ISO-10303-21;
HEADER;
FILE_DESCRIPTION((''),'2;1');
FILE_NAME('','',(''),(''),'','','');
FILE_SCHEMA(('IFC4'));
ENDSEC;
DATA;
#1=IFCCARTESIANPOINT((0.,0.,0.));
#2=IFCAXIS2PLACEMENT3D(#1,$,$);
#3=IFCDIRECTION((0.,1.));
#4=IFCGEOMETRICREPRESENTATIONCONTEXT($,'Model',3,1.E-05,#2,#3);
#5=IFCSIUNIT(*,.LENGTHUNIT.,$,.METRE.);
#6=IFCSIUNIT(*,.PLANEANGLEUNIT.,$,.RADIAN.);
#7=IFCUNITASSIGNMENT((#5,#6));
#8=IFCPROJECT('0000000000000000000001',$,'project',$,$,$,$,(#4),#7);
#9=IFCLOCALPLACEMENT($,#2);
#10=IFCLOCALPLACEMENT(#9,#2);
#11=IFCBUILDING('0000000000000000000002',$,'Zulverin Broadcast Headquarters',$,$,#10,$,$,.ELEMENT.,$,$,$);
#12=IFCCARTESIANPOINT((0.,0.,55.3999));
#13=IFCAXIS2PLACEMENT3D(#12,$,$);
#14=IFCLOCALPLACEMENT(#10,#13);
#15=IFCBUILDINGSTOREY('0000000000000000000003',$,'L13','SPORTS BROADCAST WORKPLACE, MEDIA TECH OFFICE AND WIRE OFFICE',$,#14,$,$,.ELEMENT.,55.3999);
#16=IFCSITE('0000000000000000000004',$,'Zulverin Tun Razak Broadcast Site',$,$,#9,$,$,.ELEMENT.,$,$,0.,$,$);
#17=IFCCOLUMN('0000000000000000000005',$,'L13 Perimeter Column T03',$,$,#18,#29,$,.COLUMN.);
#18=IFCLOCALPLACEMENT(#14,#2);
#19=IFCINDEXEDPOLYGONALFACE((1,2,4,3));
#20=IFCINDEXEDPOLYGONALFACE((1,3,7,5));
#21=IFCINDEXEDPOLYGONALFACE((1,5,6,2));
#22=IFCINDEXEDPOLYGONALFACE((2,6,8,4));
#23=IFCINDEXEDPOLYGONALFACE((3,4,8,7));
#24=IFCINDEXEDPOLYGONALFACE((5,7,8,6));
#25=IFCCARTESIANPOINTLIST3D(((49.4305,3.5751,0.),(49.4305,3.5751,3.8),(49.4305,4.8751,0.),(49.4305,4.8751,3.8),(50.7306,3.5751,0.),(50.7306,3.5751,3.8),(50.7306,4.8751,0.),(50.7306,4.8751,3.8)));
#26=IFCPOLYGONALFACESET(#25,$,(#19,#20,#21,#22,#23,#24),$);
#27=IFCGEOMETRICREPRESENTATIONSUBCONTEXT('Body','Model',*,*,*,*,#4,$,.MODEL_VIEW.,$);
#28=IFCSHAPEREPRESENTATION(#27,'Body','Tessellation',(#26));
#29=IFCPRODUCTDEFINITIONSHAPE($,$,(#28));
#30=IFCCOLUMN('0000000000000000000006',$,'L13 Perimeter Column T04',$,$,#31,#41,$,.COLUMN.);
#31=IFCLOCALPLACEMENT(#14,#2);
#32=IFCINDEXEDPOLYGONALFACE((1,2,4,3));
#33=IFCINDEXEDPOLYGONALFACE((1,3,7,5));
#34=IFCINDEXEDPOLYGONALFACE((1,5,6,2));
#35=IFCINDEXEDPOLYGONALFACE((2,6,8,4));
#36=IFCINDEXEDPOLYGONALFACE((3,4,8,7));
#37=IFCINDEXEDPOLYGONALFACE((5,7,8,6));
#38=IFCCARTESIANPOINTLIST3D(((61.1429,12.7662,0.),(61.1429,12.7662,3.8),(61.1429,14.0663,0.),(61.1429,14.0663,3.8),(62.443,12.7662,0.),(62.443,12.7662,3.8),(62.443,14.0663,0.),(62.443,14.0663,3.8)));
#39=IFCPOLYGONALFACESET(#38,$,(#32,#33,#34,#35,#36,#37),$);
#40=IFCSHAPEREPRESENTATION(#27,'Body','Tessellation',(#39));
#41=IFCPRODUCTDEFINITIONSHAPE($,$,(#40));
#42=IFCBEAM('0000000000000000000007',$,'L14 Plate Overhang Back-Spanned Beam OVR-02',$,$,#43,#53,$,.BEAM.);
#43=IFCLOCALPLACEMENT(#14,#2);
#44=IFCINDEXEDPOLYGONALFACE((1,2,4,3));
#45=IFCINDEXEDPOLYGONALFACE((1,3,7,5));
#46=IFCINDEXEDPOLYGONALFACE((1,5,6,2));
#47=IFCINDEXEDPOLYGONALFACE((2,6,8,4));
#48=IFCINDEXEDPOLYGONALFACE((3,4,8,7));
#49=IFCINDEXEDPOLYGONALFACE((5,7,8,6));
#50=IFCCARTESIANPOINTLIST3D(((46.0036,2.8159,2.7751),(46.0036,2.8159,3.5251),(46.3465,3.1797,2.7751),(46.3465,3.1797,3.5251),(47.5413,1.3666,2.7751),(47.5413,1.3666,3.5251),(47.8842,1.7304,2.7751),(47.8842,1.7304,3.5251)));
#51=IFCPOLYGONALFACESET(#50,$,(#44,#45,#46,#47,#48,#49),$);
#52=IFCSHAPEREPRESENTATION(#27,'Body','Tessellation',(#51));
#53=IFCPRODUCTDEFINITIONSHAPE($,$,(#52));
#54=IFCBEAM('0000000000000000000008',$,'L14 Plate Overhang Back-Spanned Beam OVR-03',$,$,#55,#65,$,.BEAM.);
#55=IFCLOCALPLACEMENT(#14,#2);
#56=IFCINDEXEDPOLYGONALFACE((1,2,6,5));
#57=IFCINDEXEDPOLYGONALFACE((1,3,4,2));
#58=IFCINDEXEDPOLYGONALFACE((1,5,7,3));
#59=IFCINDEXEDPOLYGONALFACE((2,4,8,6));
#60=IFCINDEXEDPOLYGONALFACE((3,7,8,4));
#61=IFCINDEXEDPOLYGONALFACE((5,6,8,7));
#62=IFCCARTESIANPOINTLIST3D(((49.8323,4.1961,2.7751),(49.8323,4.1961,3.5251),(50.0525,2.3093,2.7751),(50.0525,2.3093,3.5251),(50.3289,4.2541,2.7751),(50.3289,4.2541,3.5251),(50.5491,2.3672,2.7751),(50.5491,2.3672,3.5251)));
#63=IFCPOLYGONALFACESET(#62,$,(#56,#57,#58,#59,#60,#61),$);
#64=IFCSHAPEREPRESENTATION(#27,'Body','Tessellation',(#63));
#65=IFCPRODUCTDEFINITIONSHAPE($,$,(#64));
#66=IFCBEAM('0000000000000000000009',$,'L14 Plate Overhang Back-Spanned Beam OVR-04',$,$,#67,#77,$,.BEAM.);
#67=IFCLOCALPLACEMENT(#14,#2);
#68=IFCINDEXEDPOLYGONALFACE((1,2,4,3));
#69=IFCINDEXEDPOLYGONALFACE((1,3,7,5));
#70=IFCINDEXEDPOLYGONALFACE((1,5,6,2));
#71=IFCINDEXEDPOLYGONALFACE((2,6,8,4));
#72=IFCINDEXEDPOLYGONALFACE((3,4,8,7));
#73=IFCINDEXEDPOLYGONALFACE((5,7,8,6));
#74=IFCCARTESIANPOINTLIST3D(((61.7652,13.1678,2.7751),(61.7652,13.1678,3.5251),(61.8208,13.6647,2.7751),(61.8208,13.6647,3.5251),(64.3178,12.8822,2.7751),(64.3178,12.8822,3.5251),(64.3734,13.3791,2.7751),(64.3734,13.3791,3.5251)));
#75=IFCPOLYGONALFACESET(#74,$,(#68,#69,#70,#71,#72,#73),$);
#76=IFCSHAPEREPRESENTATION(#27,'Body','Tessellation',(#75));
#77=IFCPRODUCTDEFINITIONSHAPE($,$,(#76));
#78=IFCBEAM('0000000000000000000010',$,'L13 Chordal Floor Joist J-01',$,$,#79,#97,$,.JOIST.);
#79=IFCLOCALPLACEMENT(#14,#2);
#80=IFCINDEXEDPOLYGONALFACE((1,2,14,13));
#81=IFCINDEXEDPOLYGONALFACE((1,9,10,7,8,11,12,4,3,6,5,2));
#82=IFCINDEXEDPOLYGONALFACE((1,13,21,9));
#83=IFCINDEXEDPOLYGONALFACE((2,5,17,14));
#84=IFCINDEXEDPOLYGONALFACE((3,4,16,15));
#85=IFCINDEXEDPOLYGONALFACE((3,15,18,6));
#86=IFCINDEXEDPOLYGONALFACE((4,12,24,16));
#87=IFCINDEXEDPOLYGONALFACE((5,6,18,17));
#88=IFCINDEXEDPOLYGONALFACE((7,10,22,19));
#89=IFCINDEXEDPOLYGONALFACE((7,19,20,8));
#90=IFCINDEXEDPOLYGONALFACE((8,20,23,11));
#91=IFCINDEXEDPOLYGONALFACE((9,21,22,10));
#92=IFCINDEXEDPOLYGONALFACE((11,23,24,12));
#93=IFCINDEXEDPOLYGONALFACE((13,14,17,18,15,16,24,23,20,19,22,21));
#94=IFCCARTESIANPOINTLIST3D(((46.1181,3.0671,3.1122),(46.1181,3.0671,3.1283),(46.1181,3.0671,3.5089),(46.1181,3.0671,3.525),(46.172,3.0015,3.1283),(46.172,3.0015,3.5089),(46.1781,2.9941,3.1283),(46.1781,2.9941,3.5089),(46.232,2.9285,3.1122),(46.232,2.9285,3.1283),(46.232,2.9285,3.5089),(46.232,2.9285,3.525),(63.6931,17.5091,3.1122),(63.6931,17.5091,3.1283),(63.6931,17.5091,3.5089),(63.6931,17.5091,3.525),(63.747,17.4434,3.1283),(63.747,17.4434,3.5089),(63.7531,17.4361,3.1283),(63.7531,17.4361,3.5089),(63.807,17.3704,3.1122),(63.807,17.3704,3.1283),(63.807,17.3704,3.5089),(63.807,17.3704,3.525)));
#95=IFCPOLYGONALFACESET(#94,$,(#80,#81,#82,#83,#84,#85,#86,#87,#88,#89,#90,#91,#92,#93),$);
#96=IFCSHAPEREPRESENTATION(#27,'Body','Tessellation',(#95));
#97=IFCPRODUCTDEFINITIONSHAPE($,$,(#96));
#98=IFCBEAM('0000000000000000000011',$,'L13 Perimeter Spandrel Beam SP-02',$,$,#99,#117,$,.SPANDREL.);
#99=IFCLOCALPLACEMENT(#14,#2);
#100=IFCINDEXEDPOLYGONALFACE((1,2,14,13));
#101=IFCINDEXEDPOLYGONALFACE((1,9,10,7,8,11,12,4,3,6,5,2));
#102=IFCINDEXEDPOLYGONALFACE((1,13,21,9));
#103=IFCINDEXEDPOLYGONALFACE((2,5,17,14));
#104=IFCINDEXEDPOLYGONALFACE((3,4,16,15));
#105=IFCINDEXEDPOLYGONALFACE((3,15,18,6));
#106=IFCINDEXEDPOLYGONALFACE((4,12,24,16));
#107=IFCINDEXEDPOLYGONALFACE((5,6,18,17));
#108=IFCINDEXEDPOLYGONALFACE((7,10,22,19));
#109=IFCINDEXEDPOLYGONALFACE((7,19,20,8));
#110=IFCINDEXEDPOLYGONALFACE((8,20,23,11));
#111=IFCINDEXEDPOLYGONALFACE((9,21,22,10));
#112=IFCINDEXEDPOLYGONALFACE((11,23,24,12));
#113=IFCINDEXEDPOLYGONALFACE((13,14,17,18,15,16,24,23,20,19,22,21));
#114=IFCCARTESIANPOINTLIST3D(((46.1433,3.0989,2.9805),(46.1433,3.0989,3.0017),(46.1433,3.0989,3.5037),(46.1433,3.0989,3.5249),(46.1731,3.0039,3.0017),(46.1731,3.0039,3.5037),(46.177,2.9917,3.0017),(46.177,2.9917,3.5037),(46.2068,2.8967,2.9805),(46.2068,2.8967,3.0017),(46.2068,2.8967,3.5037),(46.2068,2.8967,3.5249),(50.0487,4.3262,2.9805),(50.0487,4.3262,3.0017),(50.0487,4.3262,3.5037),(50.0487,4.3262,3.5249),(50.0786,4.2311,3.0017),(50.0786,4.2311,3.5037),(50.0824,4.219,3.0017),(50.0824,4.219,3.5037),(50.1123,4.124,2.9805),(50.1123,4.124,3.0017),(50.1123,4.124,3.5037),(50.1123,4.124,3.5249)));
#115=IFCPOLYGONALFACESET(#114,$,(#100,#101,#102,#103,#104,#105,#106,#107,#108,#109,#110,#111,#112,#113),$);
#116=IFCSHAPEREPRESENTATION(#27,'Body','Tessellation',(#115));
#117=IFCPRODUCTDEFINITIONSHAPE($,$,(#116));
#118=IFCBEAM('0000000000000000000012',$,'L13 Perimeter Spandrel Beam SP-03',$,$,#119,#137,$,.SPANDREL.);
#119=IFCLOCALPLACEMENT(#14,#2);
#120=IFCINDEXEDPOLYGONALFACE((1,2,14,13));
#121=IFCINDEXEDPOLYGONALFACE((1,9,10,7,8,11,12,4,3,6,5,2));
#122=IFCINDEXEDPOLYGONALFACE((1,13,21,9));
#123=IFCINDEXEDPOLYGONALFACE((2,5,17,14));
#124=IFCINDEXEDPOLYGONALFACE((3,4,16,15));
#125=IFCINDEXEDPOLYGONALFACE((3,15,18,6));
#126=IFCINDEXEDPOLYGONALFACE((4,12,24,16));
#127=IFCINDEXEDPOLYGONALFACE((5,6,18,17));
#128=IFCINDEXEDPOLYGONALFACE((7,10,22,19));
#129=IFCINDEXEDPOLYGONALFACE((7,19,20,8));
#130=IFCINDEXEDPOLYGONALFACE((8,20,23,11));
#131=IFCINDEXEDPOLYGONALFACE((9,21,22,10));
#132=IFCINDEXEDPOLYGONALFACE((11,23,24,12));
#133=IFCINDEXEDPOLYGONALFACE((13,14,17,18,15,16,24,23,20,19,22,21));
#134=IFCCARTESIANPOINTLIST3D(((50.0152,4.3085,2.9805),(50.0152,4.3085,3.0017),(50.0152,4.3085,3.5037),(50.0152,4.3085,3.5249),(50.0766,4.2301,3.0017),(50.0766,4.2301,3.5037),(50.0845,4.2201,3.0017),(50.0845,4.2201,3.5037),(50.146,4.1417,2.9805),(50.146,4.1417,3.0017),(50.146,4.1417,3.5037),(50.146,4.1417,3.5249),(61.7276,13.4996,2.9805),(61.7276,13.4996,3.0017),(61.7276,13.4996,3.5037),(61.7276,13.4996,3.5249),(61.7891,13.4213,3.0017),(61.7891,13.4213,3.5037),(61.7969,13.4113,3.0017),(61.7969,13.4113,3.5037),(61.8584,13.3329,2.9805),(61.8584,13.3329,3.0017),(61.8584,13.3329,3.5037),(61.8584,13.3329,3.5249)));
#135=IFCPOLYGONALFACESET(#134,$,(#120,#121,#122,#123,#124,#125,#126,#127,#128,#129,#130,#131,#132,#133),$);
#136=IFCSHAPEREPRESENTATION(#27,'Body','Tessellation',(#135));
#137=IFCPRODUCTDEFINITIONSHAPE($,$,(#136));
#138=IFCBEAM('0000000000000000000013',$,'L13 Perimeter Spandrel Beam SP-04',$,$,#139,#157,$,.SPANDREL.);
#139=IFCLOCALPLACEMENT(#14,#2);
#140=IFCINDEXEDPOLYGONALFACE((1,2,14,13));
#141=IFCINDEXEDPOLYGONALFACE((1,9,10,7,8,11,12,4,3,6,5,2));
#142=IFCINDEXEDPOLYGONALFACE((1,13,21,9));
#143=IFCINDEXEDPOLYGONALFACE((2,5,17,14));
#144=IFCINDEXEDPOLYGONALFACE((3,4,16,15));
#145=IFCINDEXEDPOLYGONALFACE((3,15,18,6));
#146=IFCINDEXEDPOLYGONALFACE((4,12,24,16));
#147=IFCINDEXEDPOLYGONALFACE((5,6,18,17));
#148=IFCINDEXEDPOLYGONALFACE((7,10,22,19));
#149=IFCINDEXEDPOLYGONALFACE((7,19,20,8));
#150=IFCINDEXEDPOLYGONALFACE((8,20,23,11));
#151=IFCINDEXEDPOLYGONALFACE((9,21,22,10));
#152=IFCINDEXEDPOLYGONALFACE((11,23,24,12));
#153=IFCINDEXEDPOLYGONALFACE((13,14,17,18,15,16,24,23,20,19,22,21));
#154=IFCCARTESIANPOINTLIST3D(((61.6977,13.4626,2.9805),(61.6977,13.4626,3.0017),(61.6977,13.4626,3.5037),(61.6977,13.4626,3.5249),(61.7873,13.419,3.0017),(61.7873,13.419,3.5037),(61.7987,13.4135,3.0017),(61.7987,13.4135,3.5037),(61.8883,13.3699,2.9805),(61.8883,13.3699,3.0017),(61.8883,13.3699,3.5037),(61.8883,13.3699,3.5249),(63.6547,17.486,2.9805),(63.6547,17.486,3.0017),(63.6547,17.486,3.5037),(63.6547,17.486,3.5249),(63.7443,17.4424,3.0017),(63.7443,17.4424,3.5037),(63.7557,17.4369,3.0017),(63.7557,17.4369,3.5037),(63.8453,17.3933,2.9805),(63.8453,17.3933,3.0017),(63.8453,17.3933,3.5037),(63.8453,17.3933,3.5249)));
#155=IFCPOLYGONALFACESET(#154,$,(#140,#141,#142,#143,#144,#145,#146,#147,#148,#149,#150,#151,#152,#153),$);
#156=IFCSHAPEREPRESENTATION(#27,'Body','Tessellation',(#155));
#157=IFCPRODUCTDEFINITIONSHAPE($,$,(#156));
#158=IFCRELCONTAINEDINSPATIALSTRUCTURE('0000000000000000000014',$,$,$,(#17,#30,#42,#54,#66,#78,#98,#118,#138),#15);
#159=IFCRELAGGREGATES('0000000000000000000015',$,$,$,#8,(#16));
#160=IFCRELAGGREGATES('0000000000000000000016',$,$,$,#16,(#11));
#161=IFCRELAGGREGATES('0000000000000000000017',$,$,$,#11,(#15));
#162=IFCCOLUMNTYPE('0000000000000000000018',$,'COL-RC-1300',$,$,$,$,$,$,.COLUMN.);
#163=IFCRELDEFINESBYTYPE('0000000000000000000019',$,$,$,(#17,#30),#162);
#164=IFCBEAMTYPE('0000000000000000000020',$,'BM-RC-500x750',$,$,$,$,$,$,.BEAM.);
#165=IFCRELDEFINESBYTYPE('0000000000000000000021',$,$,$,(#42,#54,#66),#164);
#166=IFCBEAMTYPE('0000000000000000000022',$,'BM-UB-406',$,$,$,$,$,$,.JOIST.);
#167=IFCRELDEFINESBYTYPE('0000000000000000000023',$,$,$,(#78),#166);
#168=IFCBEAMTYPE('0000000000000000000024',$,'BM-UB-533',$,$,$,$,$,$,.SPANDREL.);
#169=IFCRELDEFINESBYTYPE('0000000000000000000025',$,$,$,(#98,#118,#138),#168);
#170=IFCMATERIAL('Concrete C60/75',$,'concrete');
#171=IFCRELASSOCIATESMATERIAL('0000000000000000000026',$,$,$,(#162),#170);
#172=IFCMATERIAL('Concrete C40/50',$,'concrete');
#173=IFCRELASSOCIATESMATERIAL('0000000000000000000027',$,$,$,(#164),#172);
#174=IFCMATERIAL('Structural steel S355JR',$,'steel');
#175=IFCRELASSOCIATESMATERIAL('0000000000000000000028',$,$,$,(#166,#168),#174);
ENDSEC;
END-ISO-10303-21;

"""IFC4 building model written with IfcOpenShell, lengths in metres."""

from ifc_helpers import new_model, si_unit, direction, frame, origin, origin_2d, place, context, subcontext, project, spatial, rectangle, i_section, extrude, material, material_profile, profile_set, type_object, element, save


model = new_model("IFC4")

# Units and contexts
model_context = context("Model", 3, precision=1e-05, world=origin(), true_north=direction((0.0, 1.0)))
body_context = subcontext(model_context, "Body", "Model", "MODEL_VIEW")
ifc_project = project(units=[si_unit("LENGTHUNIT", "METRE"), si_unit("PLANEANGLEUNIT", "RADIAN")], contexts=[model_context])

# Site, building, storey
site_placement = place(None, origin())
site = spatial("IfcSite", under=ifc_project, at=site_placement, Name="Zulverin Tun Razak Broadcast Site", CompositionType="ELEMENT", RefElevation=0.0)
building_placement = place(site_placement, origin())
building = spatial("IfcBuilding", under=site, at=building_placement, Name="Zulverin Broadcast Headquarters", CompositionType="ELEMENT")
storey_placement = place(building_placement, frame((0.0, 0.0, 55.3999)))
storey = spatial("IfcBuildingStorey", under=building, at=storey_placement, Name="L13", Description="SPORTS BROADCAST WORKPLACE, MEDIA TECH OFFICE AND WIRE OFFICE", CompositionType="ELEMENT", Elevation=55.3999)

# Columns
ifc_material_1 = material(Name="Concrete C60/75", Category="concrete")
ifc_material_profile_1 = material_profile(ifc_material_1, rectangle(XDim=1.3, YDim=1.3, at=origin_2d()), Name="Concrete C60/75", Category="concrete")
ifc_profile_set_1 = profile_set([ifc_material_profile_1], Name="Concrete C60/75")
column_type = type_object("IfcColumnType", Name="COL-RC-1300", PredefinedType="COLUMN", material=ifc_profile_set_1)
for number, where, z_axis, x_axis, name in (
    (1, (50.0806, 4.2251, 0.0), (0.0, 0.0, 1.0), (1.0, 0.0, 0.0), "L13 Perimeter Column T03"),
    (2, (61.793, 13.4163, 0.0), (0.0, 0.0, 1.0), (1.0, 0.0, 0.0), "L13 Perimeter Column T04"),
):
    element("IfcColumn", number, at=place(storey_placement, frame(where, z_axis=z_axis, x_axis=x_axis)), inside=storey, type_object=column_type, Name=name, PredefinedType="COLUMN", context=body_context, shape_type="SweptSolid", body=[
        extrude(rectangle(XDim=1.3, YDim=1.3, at=origin_2d()), origin(), (0.0, 0.0, 1.0), 3.8),
    ])

# Beams
ifc_material_2 = material(Name="Concrete C40/50", Category="concrete")
ifc_material_profile_2 = material_profile(ifc_material_2, rectangle(XDim=0.5, YDim=0.75, at=origin_2d()), Name="Concrete C40/50", Category="concrete")
ifc_profile_set_2 = profile_set([ifc_material_profile_2], Name="Concrete C40/50")
beam_type_1 = type_object("IfcBeamType", Name="BM-RC-500x750", PredefinedType="BEAM", material=ifc_profile_set_2)
beam_1_placement = place(storey_placement, frame((46.175, 2.9978, 3.1501), z_axis=(0.727711, -0.685884, 0.0), x_axis=(0.685884, 0.727711, 0.0)))
element("IfcBeam", 3, at=beam_1_placement, inside=storey, type_object=beam_type_1, Name="L14 Plate Overhang Back-Spanned Beam OVR-02", PredefinedType="BEAM", context=body_context, shape_type="SweptSolid", body=[
    extrude(rectangle(XDim=0.5, YDim=0.75, at=origin_2d()), origin(), (0.0, 0.0, 1.0), 2.113),
])
beam_2_placement = place(storey_placement, frame((50.0806, 4.2251, 3.1501), z_axis=(0.115917, -0.993259, 0.0), x_axis=(0.993259, 0.115917, 0.0)))
element("IfcBeam", 4, at=beam_2_placement, inside=storey, type_object=beam_type_1, Name="L14 Plate Overhang Back-Spanned Beam OVR-03", PredefinedType="BEAM", context=body_context, shape_type="SweptSolid", body=[
    extrude(rectangle(XDim=0.5, YDim=0.75, at=origin_2d()), origin(), (0.0, 0.0, 1.0), 1.8997),
])
beam_3_placement = place(storey_placement, frame((61.793, 13.4163, 3.1501), z_axis=(0.993798, -0.111203, 0.0), x_axis=(0.111203, 0.993798, 0.0)))
element("IfcBeam", 5, at=beam_3_placement, inside=storey, type_object=beam_type_1, Name="L14 Plate Overhang Back-Spanned Beam OVR-04", PredefinedType="BEAM", context=body_context, shape_type="SweptSolid", body=[
    extrude(rectangle(XDim=0.5, YDim=0.75, at=origin_2d()), origin(), (0.0, 0.0, 1.0), 2.5686),
])
ifc_material_3 = material(Name="Structural steel S355JR", Category="steel")
ifc_material_profile_3 = material_profile(ifc_material_3, i_section(OverallWidth=0.1794, OverallDepth=0.4128, WebThickness=0.0095, FlangeThickness=0.0161, at=origin_2d()), Name="Structural steel S355JR", Category="steel")
ifc_profile_set_3 = profile_set([ifc_material_profile_3], Name="Structural steel S355JR")
beam_type_2 = type_object("IfcBeamType", Name="BM-UB-406", PredefinedType="JOIST", material=ifc_profile_set_3)
beam_4_placement = place(storey_placement, frame((46.175, 2.9978, 3.3186), z_axis=(0.772611, 0.634879, 0.0), x_axis=(-0.634879, 0.772611, 0.0)))
element("IfcBeam", 6, at=beam_4_placement, inside=storey, type_object=beam_type_2, Name="L13 Chordal Floor Joist J-01", PredefinedType="JOIST", context=body_context, shape_type="SweptSolid", body=[
    extrude(i_section(OverallWidth=0.1794, OverallDepth=0.4128, WebThickness=0.0095, FlangeThickness=0.0161, at=origin_2d()), origin(), (0.0, 0.0, 1.0), 22.7476),
])
ifc_material_profile_4 = material_profile(ifc_material_3, i_section(OverallWidth=0.2119, OverallDepth=0.5444, WebThickness=0.0127, FlangeThickness=0.0212, at=origin_2d()), Name="Structural steel S355JR", Category="steel")
ifc_profile_set_4 = profile_set([ifc_material_profile_4], Name="Structural steel S355JR")
beam_type_3 = type_object("IfcBeamType", Name="BM-UB-533", PredefinedType="SPANDREL", material=ifc_profile_set_4)
beam_5_placement = place(storey_placement, frame((46.175, 2.9978, 3.2527), z_axis=(0.954004, 0.299792, 0.0), x_axis=(-0.299792, 0.954004, 0.0)))
element("IfcBeam", 7, at=beam_5_placement, inside=storey, type_object=beam_type_3, Name="L13 Perimeter Spandrel Beam SP-02", PredefinedType="SPANDREL", context=body_context, shape_type="SweptSolid", body=[
    extrude(i_section(OverallWidth=0.2119, OverallDepth=0.5444, WebThickness=0.0127, FlangeThickness=0.0212, at=origin_2d()), origin(), (0.0, 0.0, 1.0), 4.0938),
])
beam_6_placement = place(storey_placement, frame((50.0806, 4.2251, 3.2527), z_axis=(0.786691, 0.617346, 0.0), x_axis=(-0.617346, 0.786691, 0.0)))
element("IfcBeam", 8, at=beam_6_placement, inside=storey, type_object=beam_type_3, Name="L13 Perimeter Spandrel Beam SP-03", PredefinedType="SPANDREL", context=body_context, shape_type="SweptSolid", body=[
    extrude(i_section(OverallWidth=0.2119, OverallDepth=0.5444, WebThickness=0.0127, FlangeThickness=0.0212, at=origin_2d()), origin(), (0.0, 0.0, 1.0), 14.8882),
])
beam_7_placement = place(storey_placement, frame((61.793, 13.4163, 3.2527), z_axis=(0.437408, 0.899263, 0.0), x_axis=(-0.899263, 0.437408, 0.0)))
element("IfcBeam", 9, at=beam_7_placement, inside=storey, type_object=beam_type_3, Name="L13 Perimeter Spandrel Beam SP-04", PredefinedType="SPANDREL", context=body_context, shape_type="SweptSolid", body=[
    extrude(i_section(OverallWidth=0.2119, OverallDepth=0.5444, WebThickness=0.0127, FlangeThickness=0.0212, at=origin_2d()), origin(), (0.0, 0.0, 1.0), 4.4741),
])

save(model, "model.ifc")
